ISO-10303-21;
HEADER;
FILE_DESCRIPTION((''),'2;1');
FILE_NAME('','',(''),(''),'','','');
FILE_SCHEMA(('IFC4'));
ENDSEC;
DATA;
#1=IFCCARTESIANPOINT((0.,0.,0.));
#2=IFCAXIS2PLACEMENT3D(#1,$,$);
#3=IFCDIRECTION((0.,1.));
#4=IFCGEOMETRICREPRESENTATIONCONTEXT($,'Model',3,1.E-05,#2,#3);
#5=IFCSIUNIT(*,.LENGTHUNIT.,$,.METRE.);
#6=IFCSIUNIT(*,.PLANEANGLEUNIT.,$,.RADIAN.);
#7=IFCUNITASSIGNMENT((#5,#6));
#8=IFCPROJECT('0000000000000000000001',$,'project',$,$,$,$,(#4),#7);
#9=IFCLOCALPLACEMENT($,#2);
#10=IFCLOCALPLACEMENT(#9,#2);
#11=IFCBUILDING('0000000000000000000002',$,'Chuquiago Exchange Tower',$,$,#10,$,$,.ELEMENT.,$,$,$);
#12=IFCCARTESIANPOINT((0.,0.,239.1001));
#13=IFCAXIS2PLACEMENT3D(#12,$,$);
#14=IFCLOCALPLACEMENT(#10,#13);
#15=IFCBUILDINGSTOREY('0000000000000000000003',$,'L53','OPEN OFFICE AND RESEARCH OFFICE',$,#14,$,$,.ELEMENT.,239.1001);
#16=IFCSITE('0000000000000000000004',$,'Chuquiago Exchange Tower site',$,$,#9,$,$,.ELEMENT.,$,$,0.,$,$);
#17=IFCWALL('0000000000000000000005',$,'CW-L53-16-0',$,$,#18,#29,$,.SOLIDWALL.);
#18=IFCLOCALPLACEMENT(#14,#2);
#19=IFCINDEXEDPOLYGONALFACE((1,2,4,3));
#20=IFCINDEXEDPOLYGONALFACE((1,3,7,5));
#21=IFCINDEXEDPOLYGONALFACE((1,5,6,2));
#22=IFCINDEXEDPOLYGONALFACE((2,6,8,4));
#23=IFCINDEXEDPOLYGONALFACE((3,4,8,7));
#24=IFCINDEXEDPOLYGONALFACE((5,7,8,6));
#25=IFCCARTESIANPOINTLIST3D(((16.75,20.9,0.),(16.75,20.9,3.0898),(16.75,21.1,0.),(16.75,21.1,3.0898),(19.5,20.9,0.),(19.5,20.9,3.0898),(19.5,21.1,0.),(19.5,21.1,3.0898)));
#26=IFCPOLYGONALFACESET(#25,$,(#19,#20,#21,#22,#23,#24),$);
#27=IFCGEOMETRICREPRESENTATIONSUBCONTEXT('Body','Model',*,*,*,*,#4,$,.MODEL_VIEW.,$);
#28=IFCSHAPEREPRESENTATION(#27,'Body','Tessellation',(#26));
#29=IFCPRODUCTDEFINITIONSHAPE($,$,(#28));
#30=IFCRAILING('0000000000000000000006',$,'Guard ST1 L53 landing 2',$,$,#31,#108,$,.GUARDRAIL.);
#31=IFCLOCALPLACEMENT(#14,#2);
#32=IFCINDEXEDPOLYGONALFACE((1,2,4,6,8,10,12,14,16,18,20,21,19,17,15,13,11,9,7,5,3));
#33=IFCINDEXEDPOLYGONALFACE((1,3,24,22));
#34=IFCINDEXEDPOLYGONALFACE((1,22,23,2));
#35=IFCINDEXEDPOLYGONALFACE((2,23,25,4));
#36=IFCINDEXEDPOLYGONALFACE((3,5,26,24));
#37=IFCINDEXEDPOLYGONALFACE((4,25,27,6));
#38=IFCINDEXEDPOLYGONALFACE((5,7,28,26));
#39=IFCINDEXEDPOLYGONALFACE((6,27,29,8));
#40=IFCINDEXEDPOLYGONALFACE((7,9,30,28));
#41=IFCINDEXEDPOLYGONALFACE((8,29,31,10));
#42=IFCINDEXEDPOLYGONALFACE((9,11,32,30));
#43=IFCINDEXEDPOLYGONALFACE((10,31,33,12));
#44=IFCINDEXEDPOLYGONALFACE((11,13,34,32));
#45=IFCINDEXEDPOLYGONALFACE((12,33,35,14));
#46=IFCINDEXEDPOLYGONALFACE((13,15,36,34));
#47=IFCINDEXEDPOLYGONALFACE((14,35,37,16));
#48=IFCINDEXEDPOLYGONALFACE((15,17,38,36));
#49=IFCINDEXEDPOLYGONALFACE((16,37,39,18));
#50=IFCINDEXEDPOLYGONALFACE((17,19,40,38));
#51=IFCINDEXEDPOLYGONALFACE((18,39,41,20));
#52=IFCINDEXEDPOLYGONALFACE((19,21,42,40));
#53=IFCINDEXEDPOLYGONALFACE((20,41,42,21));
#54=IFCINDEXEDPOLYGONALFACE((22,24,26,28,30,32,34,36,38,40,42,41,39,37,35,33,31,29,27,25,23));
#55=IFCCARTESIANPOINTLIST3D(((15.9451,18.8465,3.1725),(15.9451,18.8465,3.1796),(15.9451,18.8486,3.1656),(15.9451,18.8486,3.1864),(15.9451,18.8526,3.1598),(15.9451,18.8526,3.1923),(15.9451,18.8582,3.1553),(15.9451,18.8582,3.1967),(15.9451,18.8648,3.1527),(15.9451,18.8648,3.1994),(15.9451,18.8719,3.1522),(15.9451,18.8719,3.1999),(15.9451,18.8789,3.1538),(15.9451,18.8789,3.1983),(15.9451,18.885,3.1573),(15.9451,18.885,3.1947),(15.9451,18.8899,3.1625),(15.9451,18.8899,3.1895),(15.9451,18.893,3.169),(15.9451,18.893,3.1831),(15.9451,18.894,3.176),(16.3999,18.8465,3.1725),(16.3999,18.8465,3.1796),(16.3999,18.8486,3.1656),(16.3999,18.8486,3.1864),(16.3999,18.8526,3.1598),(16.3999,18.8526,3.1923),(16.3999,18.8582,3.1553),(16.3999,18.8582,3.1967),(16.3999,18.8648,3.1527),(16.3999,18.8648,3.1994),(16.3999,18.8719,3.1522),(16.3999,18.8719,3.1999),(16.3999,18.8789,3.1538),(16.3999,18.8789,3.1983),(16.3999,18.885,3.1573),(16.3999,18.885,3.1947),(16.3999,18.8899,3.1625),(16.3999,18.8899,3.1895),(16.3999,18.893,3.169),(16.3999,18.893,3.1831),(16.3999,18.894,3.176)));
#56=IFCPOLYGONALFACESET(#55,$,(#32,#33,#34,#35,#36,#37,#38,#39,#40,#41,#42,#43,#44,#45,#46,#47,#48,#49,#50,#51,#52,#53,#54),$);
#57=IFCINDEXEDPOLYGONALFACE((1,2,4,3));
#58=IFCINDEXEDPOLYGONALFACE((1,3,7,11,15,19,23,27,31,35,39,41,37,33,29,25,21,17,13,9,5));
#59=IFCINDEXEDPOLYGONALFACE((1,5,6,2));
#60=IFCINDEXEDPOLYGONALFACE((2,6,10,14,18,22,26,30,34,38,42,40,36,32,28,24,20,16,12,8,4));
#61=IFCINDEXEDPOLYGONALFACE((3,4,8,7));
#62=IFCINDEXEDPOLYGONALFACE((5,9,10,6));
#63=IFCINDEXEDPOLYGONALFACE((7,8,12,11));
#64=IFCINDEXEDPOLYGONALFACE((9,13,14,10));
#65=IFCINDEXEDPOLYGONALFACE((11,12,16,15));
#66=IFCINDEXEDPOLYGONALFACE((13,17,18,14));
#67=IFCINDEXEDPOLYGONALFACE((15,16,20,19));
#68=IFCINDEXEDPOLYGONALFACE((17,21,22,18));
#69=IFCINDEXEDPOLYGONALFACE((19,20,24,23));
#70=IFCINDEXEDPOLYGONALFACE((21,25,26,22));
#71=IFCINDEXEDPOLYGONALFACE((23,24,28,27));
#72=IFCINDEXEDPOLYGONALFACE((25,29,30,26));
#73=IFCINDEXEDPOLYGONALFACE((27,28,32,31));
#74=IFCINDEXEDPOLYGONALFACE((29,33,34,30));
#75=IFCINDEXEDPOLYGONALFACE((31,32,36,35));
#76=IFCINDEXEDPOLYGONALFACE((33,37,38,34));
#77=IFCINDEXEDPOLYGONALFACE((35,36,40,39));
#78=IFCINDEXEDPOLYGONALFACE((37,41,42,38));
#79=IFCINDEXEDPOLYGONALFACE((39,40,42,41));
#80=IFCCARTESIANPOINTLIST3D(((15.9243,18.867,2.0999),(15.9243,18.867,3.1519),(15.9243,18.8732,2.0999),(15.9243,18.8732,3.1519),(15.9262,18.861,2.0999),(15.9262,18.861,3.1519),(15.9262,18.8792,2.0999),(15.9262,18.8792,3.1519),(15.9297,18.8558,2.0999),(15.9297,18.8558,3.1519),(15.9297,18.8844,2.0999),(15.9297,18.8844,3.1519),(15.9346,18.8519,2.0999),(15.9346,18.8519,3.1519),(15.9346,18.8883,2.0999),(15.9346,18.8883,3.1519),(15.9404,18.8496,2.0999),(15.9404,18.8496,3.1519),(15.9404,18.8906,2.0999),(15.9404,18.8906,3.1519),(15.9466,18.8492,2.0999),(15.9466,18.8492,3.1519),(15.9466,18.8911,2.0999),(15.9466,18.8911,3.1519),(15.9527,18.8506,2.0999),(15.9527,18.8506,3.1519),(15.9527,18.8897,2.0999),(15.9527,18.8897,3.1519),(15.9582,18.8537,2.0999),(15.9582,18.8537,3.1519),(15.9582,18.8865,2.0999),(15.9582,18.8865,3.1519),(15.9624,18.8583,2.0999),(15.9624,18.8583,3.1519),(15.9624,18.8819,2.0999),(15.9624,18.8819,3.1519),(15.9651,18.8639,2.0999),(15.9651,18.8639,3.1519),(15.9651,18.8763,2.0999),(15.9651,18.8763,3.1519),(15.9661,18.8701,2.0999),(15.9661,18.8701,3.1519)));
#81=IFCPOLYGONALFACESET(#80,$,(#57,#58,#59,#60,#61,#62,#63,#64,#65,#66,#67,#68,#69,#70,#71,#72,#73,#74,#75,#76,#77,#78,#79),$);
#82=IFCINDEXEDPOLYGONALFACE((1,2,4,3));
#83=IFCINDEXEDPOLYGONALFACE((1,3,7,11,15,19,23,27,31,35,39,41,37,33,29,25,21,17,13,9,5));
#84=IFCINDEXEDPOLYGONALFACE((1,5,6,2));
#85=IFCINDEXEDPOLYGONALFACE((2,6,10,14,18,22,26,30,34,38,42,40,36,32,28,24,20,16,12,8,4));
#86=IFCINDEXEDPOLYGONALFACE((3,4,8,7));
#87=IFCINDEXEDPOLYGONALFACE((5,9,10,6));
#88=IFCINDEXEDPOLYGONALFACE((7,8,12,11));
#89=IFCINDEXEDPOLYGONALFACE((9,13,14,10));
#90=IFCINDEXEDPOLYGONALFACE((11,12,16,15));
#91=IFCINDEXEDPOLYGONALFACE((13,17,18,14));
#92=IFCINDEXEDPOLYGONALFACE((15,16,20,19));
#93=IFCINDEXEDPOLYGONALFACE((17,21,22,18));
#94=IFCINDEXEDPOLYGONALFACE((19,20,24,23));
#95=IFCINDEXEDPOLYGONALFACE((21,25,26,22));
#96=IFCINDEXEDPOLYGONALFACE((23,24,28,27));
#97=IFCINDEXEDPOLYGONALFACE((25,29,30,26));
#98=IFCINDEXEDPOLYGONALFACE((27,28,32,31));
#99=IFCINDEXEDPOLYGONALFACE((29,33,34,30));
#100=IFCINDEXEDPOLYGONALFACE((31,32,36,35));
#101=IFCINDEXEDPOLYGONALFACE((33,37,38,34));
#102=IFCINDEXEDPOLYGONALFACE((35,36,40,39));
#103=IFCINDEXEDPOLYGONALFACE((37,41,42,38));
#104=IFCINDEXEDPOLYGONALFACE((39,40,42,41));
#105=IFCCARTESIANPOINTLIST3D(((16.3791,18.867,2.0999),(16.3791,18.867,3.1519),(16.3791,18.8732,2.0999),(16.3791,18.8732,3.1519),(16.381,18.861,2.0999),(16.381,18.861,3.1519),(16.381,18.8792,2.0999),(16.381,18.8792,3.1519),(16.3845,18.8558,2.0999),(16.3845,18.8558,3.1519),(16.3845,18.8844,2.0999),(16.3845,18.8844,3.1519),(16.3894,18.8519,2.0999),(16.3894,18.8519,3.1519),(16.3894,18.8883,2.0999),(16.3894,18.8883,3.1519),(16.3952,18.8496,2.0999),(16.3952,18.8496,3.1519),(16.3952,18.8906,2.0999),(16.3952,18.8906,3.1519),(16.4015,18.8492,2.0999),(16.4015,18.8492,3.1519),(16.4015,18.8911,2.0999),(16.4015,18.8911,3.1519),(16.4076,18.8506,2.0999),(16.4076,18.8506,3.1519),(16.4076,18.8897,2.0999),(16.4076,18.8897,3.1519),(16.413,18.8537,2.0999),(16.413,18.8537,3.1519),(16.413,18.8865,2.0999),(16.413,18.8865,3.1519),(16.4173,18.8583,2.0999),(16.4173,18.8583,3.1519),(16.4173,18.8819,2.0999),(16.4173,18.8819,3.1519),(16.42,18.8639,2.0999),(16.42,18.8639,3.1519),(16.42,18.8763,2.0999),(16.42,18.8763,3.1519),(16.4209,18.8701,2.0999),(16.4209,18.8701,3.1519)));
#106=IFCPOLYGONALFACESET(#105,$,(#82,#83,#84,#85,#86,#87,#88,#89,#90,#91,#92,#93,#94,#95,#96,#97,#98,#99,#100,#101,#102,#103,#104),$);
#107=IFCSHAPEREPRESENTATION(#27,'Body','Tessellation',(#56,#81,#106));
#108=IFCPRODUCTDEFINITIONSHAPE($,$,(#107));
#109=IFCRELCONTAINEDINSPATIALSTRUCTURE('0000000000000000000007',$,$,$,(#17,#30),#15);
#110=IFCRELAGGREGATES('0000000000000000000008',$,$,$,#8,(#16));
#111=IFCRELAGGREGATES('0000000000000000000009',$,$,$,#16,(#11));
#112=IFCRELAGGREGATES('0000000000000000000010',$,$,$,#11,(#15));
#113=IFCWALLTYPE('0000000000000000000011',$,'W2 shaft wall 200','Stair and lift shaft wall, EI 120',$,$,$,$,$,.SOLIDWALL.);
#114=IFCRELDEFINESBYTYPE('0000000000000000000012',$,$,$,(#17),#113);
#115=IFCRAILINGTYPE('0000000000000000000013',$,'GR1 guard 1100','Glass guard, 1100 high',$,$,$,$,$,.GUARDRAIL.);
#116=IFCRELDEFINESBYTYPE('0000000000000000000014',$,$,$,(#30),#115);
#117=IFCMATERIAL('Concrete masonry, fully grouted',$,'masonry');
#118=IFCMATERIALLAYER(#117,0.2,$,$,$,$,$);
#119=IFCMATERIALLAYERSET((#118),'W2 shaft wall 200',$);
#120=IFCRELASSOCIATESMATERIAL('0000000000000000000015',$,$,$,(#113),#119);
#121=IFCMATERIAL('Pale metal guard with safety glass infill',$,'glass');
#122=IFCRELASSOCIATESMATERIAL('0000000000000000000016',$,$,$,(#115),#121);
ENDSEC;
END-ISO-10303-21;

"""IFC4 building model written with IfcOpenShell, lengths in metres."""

from ifc_helpers import new_model, si_unit, direction, frame, frame_2d, origin, origin_2d, place, context, subcontext, project, spatial, rectangle, circle, extrude, material, layer, layer_set, type_object, element, save


model = new_model("IFC4")

# Units and contexts
model_context = context("Model", 3, precision=1e-05, world=origin(), true_north=direction((0.0, 1.0)))
body_context = subcontext(model_context, "Body", "Model", "MODEL_VIEW")
ifc_project = project(units=[si_unit("LENGTHUNIT", "METRE"), si_unit("PLANEANGLEUNIT", "RADIAN")], contexts=[model_context])

# Site, building, storey
site_placement = place(None, origin())
site = spatial("IfcSite", under=ifc_project, at=site_placement, Name="Chuquiago Exchange Tower site", CompositionType="ELEMENT", RefElevation=0.0)
building_placement = place(site_placement, origin())
building = spatial("IfcBuilding", under=site, at=building_placement, Name="Chuquiago Exchange Tower", CompositionType="ELEMENT")
storey_placement = place(building_placement, frame((0.0, 0.0, 239.1001)))
storey = spatial("IfcBuildingStorey", under=building, at=storey_placement, Name="L53", Description="OPEN OFFICE AND RESEARCH OFFICE", CompositionType="ELEMENT", Elevation=239.1001)

# Wall
ifc_material_1 = material(Name="Concrete masonry, fully grouted", Category="masonry")
ifc_layer_1 = layer(ifc_material_1, 0.2)
ifc_layer_set_1 = layer_set([ifc_layer_1], Name="W2 shaft wall 200")
wall_type_1 = type_object("IfcWallType", Name="W2 shaft wall 200", Description="Stair and lift shaft wall, EI 120", PredefinedType="SOLIDWALL", material=ifc_layer_set_1)
wall_1_placement = place(storey_placement, frame((16.75, 21.0, 0.0), z_axis=(0.0, 0.0, 1.0), x_axis=(1.0, 0.0, 0.0)))
element("IfcWall", 1, at=wall_1_placement, inside=storey, type_object=wall_type_1, Name="CW-L53-16-0", PredefinedType="SOLIDWALL", context=body_context, shape_type="SweptSolid", body=[
    extrude(rectangle(XDim=2.75, YDim=0.2, at=frame_2d((1.375, 0.0))), origin(), (0.0, 0.0, 1.0), 3.0898),
])

# Railing
ifc_material_2 = material(Name="Pale metal guard with safety glass infill", Category="glass")
railing_type_1 = type_object("IfcRailingType", Name="GR1 guard 1100", Description="Glass guard, 1100 high", PredefinedType="GUARDRAIL", material=ifc_material_2)
railing_placement = place(storey_placement, frame((15.9451, 18.8701, 2.0999)))
element("IfcRailing", 2, at=railing_placement, inside=storey, type_object=railing_type_1, Name="Guard ST1 L53 landing 2", PredefinedType="GUARDRAIL", context=body_context, shape_type="SweptSolid", body=[
    extrude(circle(Radius=0.0239, at=origin_2d()), frame((0.0, 0.0, 1.0762), z_axis=(1.0, 0.0, 0.0), x_axis=(0.0, 1.0, 0.0)), (0.0, 0.0, 1.0), 0.4548),
    extrude(circle(Radius=0.021, at=origin_2d()), origin(), (0.0, 0.0, 1.0), 1.052),
    extrude(circle(Radius=0.021, at=origin_2d()), frame((0.4548, 0.0, 0.0)), (0.0, 0.0, 1.0), 1.052),
])

save(model, "model.ifc")
